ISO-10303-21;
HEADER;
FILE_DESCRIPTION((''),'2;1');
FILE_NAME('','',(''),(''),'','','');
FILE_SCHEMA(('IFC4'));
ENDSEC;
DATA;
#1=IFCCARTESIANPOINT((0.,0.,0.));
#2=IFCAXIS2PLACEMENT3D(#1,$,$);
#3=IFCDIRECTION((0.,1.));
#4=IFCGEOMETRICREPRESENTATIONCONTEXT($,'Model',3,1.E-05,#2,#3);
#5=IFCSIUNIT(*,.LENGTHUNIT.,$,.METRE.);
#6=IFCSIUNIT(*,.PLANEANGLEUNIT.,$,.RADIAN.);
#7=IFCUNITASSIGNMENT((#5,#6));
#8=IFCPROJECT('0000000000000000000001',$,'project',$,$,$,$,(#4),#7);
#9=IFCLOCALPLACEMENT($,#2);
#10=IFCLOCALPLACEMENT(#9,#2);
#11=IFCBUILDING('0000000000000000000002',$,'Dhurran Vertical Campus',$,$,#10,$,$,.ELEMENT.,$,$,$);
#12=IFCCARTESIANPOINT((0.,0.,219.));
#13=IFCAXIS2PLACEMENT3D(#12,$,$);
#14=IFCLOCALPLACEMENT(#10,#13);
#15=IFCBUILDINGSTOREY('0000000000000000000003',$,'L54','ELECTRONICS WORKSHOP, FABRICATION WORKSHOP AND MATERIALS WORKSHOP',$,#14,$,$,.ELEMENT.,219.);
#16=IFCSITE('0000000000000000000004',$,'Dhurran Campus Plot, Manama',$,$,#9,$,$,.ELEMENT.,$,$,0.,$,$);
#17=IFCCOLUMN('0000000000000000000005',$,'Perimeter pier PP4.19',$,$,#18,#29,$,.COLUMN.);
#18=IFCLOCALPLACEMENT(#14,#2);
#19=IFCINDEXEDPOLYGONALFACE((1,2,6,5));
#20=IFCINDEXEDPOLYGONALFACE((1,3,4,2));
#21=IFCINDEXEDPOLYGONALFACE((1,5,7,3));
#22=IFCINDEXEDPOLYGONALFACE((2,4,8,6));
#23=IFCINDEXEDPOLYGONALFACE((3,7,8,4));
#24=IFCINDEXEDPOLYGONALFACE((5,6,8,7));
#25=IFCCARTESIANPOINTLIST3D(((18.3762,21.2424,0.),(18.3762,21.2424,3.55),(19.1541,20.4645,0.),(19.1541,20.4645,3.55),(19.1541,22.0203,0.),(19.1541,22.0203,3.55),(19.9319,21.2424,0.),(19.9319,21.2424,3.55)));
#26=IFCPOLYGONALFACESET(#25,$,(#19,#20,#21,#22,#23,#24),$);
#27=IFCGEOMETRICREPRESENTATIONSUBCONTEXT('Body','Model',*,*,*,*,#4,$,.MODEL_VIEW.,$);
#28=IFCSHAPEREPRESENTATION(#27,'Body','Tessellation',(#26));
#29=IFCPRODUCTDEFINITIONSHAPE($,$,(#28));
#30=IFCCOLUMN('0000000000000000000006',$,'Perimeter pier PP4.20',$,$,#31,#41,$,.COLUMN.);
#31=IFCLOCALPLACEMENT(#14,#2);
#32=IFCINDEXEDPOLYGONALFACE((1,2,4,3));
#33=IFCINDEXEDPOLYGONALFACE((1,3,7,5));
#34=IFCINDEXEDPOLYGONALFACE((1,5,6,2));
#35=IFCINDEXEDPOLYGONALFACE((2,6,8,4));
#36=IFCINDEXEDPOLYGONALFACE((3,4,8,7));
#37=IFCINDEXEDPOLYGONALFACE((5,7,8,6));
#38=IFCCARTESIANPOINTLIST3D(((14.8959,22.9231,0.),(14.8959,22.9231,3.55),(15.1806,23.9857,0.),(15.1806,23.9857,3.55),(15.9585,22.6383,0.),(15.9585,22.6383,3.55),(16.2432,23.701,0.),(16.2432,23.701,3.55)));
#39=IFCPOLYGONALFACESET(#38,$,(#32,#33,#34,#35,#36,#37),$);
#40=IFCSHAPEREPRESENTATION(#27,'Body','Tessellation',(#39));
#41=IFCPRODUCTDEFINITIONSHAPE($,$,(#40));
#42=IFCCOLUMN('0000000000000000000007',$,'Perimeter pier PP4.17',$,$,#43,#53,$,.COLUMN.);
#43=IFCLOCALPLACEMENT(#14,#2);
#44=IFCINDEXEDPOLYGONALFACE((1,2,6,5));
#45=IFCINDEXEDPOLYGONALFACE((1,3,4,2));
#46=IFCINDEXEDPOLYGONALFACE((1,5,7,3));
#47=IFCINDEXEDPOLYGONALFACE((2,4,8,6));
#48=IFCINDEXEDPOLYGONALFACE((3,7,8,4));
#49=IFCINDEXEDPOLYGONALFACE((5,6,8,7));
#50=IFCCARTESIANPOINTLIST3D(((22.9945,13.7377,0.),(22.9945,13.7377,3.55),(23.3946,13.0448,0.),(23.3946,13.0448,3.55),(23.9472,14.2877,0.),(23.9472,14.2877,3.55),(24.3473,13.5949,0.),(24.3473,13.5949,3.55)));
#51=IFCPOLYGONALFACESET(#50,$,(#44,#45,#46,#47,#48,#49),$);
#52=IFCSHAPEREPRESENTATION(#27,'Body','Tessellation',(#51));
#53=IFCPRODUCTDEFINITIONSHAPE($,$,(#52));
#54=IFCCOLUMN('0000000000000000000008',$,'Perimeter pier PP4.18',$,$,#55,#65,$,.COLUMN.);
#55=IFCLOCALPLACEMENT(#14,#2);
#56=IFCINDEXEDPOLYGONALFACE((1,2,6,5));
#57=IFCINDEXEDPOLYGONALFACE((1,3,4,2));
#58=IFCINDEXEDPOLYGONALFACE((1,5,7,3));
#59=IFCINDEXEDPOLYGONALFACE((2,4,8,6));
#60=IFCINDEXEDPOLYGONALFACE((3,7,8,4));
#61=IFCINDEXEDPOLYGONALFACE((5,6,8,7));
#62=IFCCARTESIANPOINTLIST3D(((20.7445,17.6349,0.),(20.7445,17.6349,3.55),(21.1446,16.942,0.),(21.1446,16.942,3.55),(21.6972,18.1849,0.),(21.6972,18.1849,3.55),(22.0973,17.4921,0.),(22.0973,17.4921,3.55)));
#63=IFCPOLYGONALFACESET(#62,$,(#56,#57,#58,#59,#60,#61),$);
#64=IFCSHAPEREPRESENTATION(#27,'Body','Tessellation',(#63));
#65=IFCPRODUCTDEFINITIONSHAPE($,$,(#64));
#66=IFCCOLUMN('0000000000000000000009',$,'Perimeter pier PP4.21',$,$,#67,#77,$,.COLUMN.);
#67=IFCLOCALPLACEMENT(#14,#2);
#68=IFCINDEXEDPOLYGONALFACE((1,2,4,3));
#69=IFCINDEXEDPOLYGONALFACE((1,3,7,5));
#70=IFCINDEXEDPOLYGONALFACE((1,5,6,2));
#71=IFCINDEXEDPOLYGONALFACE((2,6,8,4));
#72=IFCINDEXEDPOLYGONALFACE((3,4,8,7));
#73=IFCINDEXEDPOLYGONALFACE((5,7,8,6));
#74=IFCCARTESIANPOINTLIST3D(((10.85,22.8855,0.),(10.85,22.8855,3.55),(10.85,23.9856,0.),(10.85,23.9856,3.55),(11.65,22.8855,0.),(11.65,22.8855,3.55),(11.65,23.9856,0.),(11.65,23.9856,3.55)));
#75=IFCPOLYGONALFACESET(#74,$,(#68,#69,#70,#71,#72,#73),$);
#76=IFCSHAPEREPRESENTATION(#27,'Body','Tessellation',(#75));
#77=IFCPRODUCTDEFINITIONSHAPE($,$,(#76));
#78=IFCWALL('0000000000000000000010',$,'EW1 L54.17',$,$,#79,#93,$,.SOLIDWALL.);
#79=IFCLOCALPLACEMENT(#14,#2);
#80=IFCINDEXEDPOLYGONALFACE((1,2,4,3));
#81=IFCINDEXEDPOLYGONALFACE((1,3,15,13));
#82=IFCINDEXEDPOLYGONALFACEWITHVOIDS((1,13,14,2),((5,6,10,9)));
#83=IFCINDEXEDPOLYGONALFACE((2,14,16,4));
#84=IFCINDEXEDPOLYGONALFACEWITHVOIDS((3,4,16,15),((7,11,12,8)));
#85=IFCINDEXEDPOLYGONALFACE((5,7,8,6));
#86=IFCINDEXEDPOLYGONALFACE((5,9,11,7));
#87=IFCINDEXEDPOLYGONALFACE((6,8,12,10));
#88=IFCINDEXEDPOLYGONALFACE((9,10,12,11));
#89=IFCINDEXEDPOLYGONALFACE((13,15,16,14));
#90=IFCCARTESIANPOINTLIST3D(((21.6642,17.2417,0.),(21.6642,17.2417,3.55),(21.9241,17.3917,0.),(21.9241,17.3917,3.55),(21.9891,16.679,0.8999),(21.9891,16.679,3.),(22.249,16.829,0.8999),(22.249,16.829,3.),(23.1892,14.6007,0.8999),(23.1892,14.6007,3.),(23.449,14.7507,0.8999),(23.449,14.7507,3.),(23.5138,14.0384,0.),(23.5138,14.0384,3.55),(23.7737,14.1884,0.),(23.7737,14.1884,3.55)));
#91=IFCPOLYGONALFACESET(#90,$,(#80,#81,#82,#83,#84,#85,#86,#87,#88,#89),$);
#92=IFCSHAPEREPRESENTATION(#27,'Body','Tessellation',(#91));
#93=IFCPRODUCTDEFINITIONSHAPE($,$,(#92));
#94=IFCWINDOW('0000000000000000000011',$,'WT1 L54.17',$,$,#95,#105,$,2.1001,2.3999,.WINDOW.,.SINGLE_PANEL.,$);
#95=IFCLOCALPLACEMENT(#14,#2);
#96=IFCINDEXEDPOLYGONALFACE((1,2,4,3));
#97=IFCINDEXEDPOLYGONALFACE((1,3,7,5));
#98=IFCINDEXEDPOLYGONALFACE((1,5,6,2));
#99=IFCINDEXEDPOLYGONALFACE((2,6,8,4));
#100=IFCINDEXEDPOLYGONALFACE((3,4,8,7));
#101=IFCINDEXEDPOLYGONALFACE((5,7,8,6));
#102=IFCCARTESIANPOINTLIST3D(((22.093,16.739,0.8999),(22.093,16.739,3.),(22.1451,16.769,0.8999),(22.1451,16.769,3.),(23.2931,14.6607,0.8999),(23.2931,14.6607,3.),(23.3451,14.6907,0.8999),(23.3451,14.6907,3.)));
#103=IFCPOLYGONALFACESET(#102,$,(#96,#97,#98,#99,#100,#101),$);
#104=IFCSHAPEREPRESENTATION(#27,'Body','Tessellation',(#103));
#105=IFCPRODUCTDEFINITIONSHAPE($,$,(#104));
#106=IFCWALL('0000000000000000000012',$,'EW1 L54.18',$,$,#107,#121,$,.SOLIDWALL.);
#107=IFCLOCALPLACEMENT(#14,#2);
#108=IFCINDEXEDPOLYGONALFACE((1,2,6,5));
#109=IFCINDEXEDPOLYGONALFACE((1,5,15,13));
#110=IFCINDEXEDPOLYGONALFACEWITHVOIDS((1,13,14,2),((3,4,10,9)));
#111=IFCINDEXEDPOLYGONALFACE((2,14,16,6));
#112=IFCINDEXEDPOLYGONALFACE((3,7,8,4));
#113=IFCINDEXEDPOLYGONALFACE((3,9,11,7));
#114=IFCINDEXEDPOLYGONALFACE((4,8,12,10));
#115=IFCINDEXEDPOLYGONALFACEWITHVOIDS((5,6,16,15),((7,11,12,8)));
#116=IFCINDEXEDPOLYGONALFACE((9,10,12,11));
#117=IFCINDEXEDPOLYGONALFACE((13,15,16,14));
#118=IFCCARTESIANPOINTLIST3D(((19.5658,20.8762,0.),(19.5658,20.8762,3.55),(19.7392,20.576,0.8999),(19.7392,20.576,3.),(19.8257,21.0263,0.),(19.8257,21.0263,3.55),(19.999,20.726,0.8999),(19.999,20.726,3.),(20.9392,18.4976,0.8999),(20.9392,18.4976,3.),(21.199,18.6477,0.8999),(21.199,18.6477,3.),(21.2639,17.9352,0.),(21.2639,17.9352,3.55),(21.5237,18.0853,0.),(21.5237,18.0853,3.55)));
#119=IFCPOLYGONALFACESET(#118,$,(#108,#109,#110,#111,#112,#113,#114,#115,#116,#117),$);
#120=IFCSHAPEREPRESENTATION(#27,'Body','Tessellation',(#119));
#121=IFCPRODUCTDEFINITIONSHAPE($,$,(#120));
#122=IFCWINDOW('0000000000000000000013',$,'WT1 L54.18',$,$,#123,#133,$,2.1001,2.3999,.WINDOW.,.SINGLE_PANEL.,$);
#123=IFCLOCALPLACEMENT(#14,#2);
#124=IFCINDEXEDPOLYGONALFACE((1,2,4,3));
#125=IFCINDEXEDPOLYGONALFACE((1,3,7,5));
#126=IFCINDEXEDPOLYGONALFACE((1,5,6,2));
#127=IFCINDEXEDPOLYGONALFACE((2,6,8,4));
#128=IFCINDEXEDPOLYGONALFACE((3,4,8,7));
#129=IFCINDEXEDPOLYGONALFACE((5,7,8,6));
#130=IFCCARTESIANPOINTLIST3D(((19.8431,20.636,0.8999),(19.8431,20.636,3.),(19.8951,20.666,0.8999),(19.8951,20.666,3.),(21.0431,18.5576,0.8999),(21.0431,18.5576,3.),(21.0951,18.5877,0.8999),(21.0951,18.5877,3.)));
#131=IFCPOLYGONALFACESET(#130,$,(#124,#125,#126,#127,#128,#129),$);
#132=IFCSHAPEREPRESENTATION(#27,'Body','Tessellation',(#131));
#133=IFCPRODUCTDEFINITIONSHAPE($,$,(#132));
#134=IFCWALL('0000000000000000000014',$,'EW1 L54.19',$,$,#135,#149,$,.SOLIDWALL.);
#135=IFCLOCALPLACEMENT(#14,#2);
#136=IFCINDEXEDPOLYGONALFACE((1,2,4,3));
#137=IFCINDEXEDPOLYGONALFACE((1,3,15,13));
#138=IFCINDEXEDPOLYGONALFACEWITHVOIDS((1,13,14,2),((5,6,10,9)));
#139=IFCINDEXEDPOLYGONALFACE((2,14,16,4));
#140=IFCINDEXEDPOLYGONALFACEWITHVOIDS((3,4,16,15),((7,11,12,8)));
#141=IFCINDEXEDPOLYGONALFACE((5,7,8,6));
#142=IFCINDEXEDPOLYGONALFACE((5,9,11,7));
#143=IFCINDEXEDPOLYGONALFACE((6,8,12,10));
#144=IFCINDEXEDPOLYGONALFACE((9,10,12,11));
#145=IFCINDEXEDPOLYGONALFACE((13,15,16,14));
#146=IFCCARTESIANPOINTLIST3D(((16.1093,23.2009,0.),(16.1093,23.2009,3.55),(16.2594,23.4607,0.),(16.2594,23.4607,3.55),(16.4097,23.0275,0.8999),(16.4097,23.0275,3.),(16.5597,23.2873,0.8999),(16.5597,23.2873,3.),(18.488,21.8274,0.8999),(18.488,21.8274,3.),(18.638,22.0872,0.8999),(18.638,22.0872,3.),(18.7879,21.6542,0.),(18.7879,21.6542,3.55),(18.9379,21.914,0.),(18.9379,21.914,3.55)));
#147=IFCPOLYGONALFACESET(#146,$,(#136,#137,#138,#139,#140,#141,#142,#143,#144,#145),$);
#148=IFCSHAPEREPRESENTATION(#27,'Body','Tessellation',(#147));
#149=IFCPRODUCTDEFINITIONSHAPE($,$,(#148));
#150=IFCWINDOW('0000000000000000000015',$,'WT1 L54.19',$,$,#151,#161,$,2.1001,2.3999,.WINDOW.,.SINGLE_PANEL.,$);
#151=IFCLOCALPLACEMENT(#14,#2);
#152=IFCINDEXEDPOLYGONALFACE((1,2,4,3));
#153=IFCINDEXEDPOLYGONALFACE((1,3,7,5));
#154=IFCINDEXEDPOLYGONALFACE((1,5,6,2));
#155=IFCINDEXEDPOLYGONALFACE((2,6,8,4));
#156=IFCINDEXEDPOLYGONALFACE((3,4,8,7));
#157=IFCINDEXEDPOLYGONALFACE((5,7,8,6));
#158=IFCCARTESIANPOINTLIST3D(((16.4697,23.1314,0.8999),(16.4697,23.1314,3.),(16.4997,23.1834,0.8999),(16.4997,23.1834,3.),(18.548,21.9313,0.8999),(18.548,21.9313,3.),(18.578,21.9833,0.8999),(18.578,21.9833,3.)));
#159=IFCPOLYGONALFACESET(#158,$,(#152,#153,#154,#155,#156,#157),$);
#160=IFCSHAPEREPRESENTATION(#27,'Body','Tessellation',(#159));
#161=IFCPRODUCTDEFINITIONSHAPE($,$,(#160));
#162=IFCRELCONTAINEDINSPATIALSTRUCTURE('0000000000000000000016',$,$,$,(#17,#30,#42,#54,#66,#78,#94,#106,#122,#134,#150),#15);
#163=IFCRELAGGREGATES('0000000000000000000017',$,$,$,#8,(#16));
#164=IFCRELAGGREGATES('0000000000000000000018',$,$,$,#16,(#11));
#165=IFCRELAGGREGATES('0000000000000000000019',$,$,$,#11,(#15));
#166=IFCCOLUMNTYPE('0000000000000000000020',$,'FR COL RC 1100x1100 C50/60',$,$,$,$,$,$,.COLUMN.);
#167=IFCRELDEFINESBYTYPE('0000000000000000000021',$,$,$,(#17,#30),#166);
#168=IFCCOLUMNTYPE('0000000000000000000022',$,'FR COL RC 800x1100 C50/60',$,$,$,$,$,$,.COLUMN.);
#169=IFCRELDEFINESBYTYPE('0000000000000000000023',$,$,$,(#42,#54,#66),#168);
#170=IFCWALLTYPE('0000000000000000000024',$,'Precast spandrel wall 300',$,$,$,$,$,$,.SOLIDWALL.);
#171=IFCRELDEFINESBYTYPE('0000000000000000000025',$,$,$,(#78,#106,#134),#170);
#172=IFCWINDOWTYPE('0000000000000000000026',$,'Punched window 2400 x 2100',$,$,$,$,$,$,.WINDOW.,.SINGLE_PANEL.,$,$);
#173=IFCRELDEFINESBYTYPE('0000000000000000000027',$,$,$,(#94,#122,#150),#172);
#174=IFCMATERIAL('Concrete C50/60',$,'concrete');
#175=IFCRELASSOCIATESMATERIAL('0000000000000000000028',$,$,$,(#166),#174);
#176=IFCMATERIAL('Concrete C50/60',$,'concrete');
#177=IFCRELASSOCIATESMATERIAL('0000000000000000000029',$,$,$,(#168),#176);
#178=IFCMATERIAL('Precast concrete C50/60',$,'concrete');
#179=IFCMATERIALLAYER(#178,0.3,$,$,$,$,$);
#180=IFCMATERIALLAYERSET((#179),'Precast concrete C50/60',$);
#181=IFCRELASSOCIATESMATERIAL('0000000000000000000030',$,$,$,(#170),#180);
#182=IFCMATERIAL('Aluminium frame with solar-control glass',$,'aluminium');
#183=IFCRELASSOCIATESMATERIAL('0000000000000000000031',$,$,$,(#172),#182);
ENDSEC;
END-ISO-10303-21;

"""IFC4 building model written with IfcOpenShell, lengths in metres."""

from ifc_helpers import new_model, si_unit, direction, frame, frame_2d, origin, origin_2d, place, context, subcontext, project, spatial, rectangle, extrude, material, layer, layer_set, material_profile, profile_set, type_object, element, fill, save


model = new_model("IFC4")

# Units and contexts
model_context = context("Model", 3, precision=1e-05, world=origin(), true_north=direction((0.0, 1.0)))
body_context = subcontext(model_context, "Body", "Model", "MODEL_VIEW")
ifc_project = project(units=[si_unit("LENGTHUNIT", "METRE"), si_unit("PLANEANGLEUNIT", "RADIAN")], contexts=[model_context])

# Site, building, storey
site_placement = place(None, origin())
site = spatial("IfcSite", under=ifc_project, at=site_placement, Name="Dhurran Campus Plot, Manama", CompositionType="ELEMENT", RefElevation=0.0)
building_placement = place(site_placement, origin())
building = spatial("IfcBuilding", under=site, at=building_placement, Name="Dhurran Vertical Campus", CompositionType="ELEMENT")
storey_placement = place(building_placement, frame((0.0, 0.0, 219.0)))
storey = spatial("IfcBuildingStorey", under=building, at=storey_placement, Name="L54", Description="ELECTRONICS WORKSHOP, FABRICATION WORKSHOP AND MATERIALS WORKSHOP", CompositionType="ELEMENT", Elevation=219.0)

# Columns
ifc_material_1 = material(Name="Concrete C50/60", Category="concrete")
ifc_material_profile_1 = material_profile(ifc_material_1, rectangle(XDim=1.1001, YDim=1.1001, at=origin_2d()), Name="RC 1100x1100")
ifc_profile_set_1 = profile_set([ifc_material_profile_1], Name="Concrete C50/60")
column_type_1 = type_object("IfcColumnType", Name="FR COL RC 1100x1100 C50/60", PredefinedType="COLUMN", material=ifc_profile_set_1)
for number, where, z_axis, x_axis, name in (
    (1, (19.1541, 21.2424, 0.0), (0.0, 0.0, 1.0), (-0.707107, 0.707107, 0.0), "Perimeter pier PP4.19"),
    (2, (15.5696, 23.312, 0.0), (0.0, 0.0, 1.0), (-0.965926, 0.258819, 0.0), "Perimeter pier PP4.20"),
):
    element("IfcColumn", number, at=place(storey_placement, frame(where, z_axis=z_axis, x_axis=x_axis)), inside=storey, type_object=column_type_1, Name=name, PredefinedType="COLUMN", context=body_context, shape_type="SweptSolid", body=[
        extrude(rectangle(XDim=1.1001, YDim=1.1001, at=origin_2d()), origin(), (0.0, 0.0, 1.0), 3.55),
    ])
ifc_material_2 = material(Name="Concrete C50/60", Category="concrete")
ifc_material_profile_2 = material_profile(ifc_material_2, rectangle(XDim=0.8, YDim=1.1001, at=origin_2d()), Name="RC 800x1100")
ifc_profile_set_2 = profile_set([ifc_material_profile_2], Name="Concrete C50/60")
column_type_2 = type_object("IfcColumnType", Name="FR COL RC 800x1100 C50/60", PredefinedType="COLUMN", material=ifc_profile_set_2)
for number, where, z_axis, x_axis, name in (
    (3, (23.6709, 13.6663, 0.0), (0.0, 0.0, 1.0), (-0.5, 0.866025, 0.0), "Perimeter pier PP4.17"),
    (4, (21.4209, 17.5635, 0.0), (0.0, 0.0, 1.0), (-0.5, 0.866025, 0.0), "Perimeter pier PP4.18"),
    (5, (11.25, 23.4355, 0.0), (0.0, 0.0, 1.0), (-1.0, 0.0, 0.0), "Perimeter pier PP4.21"),
):
    element("IfcColumn", number, at=place(storey_placement, frame(where, z_axis=z_axis, x_axis=x_axis)), inside=storey, type_object=column_type_2, Name=name, PredefinedType="COLUMN", context=body_context, shape_type="SweptSolid", body=[
        extrude(rectangle(XDim=0.8, YDim=1.1001, at=origin_2d()), origin(), (0.0, 0.0, 1.0), 3.55),
    ])

# Walls, openings, windows
ifc_material_3 = material(Name="Precast concrete C50/60", Category="concrete")
ifc_layer_1 = layer(ifc_material_3, 0.3)
ifc_layer_set_1 = layer_set([ifc_layer_1], Name="Precast concrete C50/60")
wall_type_1 = type_object("IfcWallType", Name="Precast spandrel wall 300", PredefinedType="SOLIDWALL", material=ifc_layer_set_1)
wall_1_placement = place(storey_placement, frame((23.6438, 14.1133, 0.0), z_axis=(0.0, 0.0, 1.0), x_axis=(-0.500029, 0.866009, 0.0)))
wall_1 = element("IfcWall", 6, at=wall_1_placement, inside=storey, type_object=wall_type_1, Name="EW1 L54.17", PredefinedType="SOLIDWALL", context=body_context, shape_type="SweptSolid", body=[
    extrude(rectangle(XDim=3.699, YDim=0.3, at=frame_2d((1.8496, 0.0))), origin(), (0.0, 0.0, 1.0), 3.55),
])
opening_1_placement = place(wall_1_placement, frame((0.6494, 0.0, 0.8999)))
opening_1 = element("IfcOpeningElement", 7, at=opening_1_placement, cuts=wall_1, PredefinedType="OPENING", context=body_context, shape_type="SweptSolid", body=[
    extrude(rectangle(XDim=2.3999, YDim=2.1001, at=frame_2d((1.2, 1.05))), frame((0.0, 0.1599, 0.0), z_axis=(0.0, -1.0, 0.0), x_axis=(1.0, 0.0, 0.0)), (0.0, 0.0, 1.0), 0.3201),
])
ifc_material_4 = material(Name="Aluminium frame with solar-control glass", Category="aluminium")
window_type = type_object("IfcWindowType", Name="Punched window 2400 x 2100", PartitioningType="SINGLE_PANEL", PredefinedType="WINDOW", material=ifc_material_4)
window_1_placement = place(opening_1_placement, origin())
window_1 = element("IfcWindow", 8, at=window_1_placement, inside=storey, type_object=window_type, Name="WT1 L54.17", OverallHeight=2.1001, OverallWidth=2.3999, PartitioningType="SINGLE_PANEL", PredefinedType="WINDOW", context=body_context, shape_type="SweptSolid", body=[
    extrude(rectangle(XDim=2.3999, YDim=2.1001, at=frame_2d((1.2, 1.05))), frame((0.0, 0.03, 0.0), z_axis=(0.0, -1.0, 0.0), x_axis=(1.0, 0.0, 0.0)), (0.0, 0.0, 1.0), 0.0601),
])
fill(opening_1, window_1)
wall_2_placement = place(storey_placement, frame((21.3938, 18.0103, 0.0), z_axis=(0.0, 0.0, 1.0), x_axis=(-0.500013, 0.866018, 0.0)))
wall_2 = element("IfcWall", 9, at=wall_2_placement, inside=storey, type_object=wall_type_1, Name="EW1 L54.18", PredefinedType="SOLIDWALL", context=body_context, shape_type="SweptSolid", body=[
    extrude(rectangle(XDim=3.396, YDim=0.3, at=frame_2d((1.698, 0.0))), origin(), (0.0, 0.0, 1.0), 3.55),
])
opening_2_placement = place(wall_2_placement, frame((0.6494, 0.0, 0.8999)))
opening_2 = element("IfcOpeningElement", 10, at=opening_2_placement, cuts=wall_2, PredefinedType="OPENING", context=body_context, shape_type="SweptSolid", body=[
    extrude(rectangle(XDim=2.3999, YDim=2.1001, at=frame_2d((1.2, 1.05))), frame((0.0, 0.1599, 0.0), z_axis=(0.0, -1.0, 0.0), x_axis=(1.0, 0.0, 0.0)), (0.0, 0.0, 1.0), 0.3201),
])
window_2_placement = place(opening_2_placement, origin())
window_2 = element("IfcWindow", 11, at=window_2_placement, inside=storey, type_object=window_type, Name="WT1 L54.18", OverallHeight=2.1001, OverallWidth=2.3999, PartitioningType="SINGLE_PANEL", PredefinedType="WINDOW", context=body_context, shape_type="SweptSolid", body=[
    extrude(rectangle(XDim=2.3999, YDim=2.1001, at=frame_2d((1.2, 1.05))), frame((0.0, 0.03, 0.0), z_axis=(0.0, -1.0, 0.0), x_axis=(1.0, 0.0, 0.0)), (0.0, 0.0, 1.0), 0.0601),
])
fill(opening_2, window_2)
wall_3_placement = place(storey_placement, frame((18.8628, 21.7842, 0.0), z_axis=(0.0, 0.0, 1.0), x_axis=(-0.865995, 0.500053, 0.0)))
wall_3 = element("IfcWall", 12, at=wall_3_placement, inside=storey, type_object=wall_type_1, Name="EW1 L54.19", PredefinedType="SOLIDWALL", context=body_context, shape_type="SweptSolid", body=[
    extrude(rectangle(XDim=3.093, YDim=0.3, at=frame_2d((1.5464, 0.0))), origin(), (0.0, 0.0, 1.0), 3.55),
])
opening_3_placement = place(wall_3_placement, frame((0.3462, 0.0, 0.8999)))
opening_3 = element("IfcOpeningElement", 13, at=opening_3_placement, cuts=wall_3, PredefinedType="OPENING", context=body_context, shape_type="SweptSolid", body=[
    extrude(rectangle(XDim=2.3999, YDim=2.1001, at=frame_2d((1.2, 1.05))), frame((0.0, 0.1599, 0.0), z_axis=(0.0, -1.0, 0.0), x_axis=(1.0, 0.0, 0.0)), (0.0, 0.0, 1.0), 0.3201),
])
window_3_placement = place(opening_3_placement, origin())
window_3 = element("IfcWindow", 14, at=window_3_placement, inside=storey, type_object=window_type, Name="WT1 L54.19", OverallHeight=2.1001, OverallWidth=2.3999, PartitioningType="SINGLE_PANEL", PredefinedType="WINDOW", context=body_context, shape_type="SweptSolid", body=[
    extrude(rectangle(XDim=2.3999, YDim=2.1001, at=frame_2d((1.2, 1.05))), frame((0.0, 0.03, 0.0), z_axis=(0.0, -1.0, 0.0), x_axis=(1.0, 0.0, 0.0)), (0.0, 0.0, 1.0), 0.0601),
])
fill(opening_3, window_3)

save(model, "model.ifc")
